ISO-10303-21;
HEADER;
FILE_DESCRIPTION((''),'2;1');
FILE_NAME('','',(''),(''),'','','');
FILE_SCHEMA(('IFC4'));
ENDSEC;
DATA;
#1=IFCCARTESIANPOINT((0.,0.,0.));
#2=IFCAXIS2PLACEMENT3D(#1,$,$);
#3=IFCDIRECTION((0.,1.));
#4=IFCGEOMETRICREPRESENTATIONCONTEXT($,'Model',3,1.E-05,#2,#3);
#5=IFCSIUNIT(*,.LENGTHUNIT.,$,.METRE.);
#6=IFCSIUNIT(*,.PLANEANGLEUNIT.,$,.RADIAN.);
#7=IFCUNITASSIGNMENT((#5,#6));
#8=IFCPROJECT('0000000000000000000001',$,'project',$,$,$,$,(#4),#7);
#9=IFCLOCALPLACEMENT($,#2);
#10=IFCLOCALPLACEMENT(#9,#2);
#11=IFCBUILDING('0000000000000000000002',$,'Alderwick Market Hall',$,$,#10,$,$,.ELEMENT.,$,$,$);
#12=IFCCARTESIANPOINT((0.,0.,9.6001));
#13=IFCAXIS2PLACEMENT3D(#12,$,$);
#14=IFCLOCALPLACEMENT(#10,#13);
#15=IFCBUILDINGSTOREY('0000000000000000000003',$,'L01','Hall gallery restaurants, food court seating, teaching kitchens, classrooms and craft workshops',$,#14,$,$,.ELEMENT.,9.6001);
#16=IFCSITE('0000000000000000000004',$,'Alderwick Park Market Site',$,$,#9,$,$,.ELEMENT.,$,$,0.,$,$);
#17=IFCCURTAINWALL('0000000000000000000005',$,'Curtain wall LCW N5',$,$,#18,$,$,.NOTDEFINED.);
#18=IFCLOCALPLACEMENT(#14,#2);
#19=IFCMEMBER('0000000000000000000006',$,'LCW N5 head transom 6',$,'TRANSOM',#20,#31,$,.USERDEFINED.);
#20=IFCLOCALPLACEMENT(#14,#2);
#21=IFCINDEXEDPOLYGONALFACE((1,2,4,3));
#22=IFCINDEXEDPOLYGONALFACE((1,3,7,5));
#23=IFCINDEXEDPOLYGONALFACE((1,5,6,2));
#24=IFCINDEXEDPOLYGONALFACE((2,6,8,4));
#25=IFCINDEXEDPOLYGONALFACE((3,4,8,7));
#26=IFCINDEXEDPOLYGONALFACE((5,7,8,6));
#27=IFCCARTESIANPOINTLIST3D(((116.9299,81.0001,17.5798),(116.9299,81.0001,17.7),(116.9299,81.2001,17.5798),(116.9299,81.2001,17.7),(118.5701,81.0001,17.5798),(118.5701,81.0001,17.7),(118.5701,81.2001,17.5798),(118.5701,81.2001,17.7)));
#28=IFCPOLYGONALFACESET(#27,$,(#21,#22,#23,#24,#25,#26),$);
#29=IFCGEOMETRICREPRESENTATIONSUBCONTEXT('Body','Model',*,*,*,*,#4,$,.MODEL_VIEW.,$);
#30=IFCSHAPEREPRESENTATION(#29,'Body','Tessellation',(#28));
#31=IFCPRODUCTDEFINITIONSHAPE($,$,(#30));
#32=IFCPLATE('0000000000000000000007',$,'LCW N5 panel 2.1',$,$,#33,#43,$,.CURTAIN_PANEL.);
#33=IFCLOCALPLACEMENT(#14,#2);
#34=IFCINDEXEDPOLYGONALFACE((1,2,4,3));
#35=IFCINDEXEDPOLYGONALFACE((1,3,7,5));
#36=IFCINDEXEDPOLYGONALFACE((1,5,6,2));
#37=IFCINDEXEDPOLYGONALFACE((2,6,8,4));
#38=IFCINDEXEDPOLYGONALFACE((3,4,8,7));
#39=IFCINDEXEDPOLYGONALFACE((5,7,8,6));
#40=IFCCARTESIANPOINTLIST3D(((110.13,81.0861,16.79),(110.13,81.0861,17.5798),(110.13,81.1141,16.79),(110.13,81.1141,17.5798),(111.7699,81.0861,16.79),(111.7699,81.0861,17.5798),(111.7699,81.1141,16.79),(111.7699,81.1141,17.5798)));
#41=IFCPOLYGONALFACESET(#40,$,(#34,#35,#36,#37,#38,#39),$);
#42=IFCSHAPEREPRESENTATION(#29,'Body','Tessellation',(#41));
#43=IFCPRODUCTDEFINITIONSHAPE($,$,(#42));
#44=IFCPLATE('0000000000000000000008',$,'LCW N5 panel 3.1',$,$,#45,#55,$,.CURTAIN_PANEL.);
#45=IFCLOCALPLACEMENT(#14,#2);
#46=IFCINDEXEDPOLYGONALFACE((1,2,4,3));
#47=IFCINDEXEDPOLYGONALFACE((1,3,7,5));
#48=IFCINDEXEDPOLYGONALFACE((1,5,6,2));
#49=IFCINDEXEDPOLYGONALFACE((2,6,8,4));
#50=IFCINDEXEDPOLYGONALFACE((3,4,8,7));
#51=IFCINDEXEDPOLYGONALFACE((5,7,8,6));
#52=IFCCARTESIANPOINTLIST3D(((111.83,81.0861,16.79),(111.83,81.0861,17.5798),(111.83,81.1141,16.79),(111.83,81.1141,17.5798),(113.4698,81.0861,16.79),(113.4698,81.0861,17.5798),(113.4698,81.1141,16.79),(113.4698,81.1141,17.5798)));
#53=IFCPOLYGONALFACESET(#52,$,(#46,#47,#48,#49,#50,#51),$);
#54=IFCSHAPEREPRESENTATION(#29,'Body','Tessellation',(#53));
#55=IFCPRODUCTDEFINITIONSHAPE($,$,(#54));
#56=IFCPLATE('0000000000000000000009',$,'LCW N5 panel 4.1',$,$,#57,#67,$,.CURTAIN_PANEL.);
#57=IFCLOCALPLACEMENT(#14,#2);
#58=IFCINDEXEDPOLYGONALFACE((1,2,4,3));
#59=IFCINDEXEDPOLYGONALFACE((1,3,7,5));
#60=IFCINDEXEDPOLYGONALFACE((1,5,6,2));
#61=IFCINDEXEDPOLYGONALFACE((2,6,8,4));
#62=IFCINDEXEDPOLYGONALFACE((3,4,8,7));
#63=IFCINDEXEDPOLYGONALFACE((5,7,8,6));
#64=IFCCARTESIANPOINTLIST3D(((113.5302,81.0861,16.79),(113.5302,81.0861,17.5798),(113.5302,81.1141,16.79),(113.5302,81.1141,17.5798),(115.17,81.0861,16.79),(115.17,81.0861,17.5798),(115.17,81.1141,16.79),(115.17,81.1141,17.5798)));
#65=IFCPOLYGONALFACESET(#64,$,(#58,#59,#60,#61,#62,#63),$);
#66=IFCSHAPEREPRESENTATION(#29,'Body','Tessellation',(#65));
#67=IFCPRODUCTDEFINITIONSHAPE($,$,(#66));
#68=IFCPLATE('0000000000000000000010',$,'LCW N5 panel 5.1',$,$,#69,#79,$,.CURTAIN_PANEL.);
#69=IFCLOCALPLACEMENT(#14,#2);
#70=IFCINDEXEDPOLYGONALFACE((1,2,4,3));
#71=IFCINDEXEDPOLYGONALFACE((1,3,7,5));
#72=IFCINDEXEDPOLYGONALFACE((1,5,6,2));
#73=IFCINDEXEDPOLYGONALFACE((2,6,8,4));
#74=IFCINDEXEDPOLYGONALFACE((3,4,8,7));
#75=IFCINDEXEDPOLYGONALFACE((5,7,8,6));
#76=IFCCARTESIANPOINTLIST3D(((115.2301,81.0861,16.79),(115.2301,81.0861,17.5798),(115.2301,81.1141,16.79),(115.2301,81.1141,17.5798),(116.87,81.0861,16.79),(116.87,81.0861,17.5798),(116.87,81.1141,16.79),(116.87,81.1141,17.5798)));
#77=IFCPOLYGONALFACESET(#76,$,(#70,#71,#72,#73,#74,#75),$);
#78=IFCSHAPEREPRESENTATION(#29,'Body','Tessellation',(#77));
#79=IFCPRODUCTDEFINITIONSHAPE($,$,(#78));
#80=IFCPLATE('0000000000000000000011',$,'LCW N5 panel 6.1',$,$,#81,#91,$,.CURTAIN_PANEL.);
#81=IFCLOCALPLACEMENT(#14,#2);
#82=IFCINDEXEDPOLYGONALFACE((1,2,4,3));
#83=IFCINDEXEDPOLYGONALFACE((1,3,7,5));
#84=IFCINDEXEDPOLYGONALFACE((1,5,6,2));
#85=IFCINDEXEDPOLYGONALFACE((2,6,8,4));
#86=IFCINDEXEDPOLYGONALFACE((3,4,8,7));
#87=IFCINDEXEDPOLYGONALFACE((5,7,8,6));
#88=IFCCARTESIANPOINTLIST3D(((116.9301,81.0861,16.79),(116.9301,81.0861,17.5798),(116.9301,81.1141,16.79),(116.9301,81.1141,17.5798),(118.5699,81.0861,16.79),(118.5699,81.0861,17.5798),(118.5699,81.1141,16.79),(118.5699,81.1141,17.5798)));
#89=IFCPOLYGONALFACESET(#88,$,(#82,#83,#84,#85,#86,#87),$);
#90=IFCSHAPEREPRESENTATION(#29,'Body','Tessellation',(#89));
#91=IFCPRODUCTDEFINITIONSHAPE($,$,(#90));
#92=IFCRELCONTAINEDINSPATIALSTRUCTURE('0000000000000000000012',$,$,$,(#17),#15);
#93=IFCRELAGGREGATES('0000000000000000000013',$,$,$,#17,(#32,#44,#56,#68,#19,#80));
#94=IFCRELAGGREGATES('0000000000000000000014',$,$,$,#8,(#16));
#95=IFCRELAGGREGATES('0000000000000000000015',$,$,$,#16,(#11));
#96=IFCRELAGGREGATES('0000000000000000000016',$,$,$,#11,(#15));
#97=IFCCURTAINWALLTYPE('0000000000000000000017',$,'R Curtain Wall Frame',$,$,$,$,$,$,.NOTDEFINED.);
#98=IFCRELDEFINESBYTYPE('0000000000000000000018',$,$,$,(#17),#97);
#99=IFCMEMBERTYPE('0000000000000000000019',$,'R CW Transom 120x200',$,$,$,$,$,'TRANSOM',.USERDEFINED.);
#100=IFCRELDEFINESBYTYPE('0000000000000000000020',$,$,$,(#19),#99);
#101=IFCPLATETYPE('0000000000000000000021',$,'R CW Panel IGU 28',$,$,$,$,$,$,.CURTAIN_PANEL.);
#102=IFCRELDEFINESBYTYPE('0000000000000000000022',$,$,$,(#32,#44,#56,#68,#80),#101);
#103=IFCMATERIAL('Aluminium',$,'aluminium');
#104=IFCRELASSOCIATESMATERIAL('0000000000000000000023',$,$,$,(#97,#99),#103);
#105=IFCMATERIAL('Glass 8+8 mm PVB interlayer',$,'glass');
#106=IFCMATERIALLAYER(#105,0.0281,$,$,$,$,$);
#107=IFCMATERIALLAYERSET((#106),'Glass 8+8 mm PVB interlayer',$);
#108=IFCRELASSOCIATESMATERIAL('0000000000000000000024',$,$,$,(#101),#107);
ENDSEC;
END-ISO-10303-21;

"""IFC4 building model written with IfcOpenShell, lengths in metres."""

from ifc_helpers import new_model, si_unit, direction, frame, origin, origin_2d, place, context, subcontext, project, spatial, rectangle, extrude, material, layer, layer_set, material_profile, profile_set, type_object, element, aggregate, save


model = new_model("IFC4")

# Units and contexts
model_context = context("Model", 3, precision=1e-05, world=origin(), true_north=direction((0.0, 1.0)))
body_context = subcontext(model_context, "Body", "Model", "MODEL_VIEW")
ifc_project = project(units=[si_unit("LENGTHUNIT", "METRE"), si_unit("PLANEANGLEUNIT", "RADIAN")], contexts=[model_context])

# Site, building, storey
site_placement = place(None, origin())
site = spatial("IfcSite", under=ifc_project, at=site_placement, Name="Alderwick Park Market Site", CompositionType="ELEMENT", RefElevation=0.0)
building_placement = place(site_placement, origin())
building = spatial("IfcBuilding", under=site, at=building_placement, Name="Alderwick Market Hall", CompositionType="ELEMENT")
storey_placement = place(building_placement, frame((0.0, 0.0, 9.6001)))
storey = spatial("IfcBuildingStorey", under=building, at=storey_placement, Name="L01", Description="Hall gallery restaurants, food court seating, teaching kitchens, classrooms and craft workshops", CompositionType="ELEMENT", Elevation=9.6001)

# Curtain wall, member, plates
ifc_material_1 = material(Name="Aluminium", Category="aluminium")
curtain_wall_type = type_object("IfcCurtainWallType", Name="R Curtain Wall Frame", PredefinedType="NOTDEFINED", material=ifc_material_1)
curtain_wall_placement = place(storey_placement, origin())
curtain_wall = element("IfcCurtainWall", 1, at=curtain_wall_placement, inside=storey, type_object=curtain_wall_type, Name="Curtain wall LCW N5", PredefinedType="NOTDEFINED")
ifc_material_profile_1 = material_profile(ifc_material_1, rectangle(XDim=0.2, YDim=0.1201, at=origin_2d()), Name="AL 120x200")
ifc_profile_set_1 = profile_set([ifc_material_profile_1], Name="Aluminium")
member_type_1 = type_object("IfcMemberType", Name="R CW Transom 120x200", ElementType="TRANSOM", PredefinedType="USERDEFINED", material=ifc_profile_set_1)
member_1_placement = place(storey_placement, frame((116.9299, 81.1001, 17.6399), z_axis=(1.0, 0.0, 0.0), x_axis=(0.0, 1.0, 0.0)))
member_1 = element("IfcMember", 2, at=member_1_placement, type_object=member_type_1, Name="LCW N5 head transom 6", ObjectType="TRANSOM", PredefinedType="USERDEFINED", context=body_context, shape_type="SweptSolid", body=[
    extrude(rectangle(XDim=0.2, YDim=0.1201, at=origin_2d()), origin(), (0.0, 0.0, 1.0), 1.6401),
])
ifc_material_2 = material(Name="Glass 8+8 mm PVB interlayer", Category="glass")
ifc_layer = layer(ifc_material_2, 0.0281)
ifc_layer_set = layer_set([ifc_layer], Name="Glass 8+8 mm PVB interlayer")
plate_type = type_object("IfcPlateType", Name="R CW Panel IGU 28", PredefinedType="CURTAIN_PANEL", material=ifc_layer_set)
plate_1_placement = place(storey_placement, frame((110.95, 81.1001, 16.79), z_axis=(0.0, 0.0, 1.0), x_axis=(1.0, 0.0, 0.0)))
plate_1 = element("IfcPlate", 3, at=plate_1_placement, type_object=plate_type, Name="LCW N5 panel 2.1", PredefinedType="CURTAIN_PANEL", context=body_context, shape_type="SweptSolid", body=[
    extrude(rectangle(XDim=1.6399, YDim=0.0281, at=origin_2d()), origin(), (0.0, 0.0, 1.0), 0.7898),
])
plate_2_placement = place(storey_placement, frame((112.6499, 81.1001, 16.79), z_axis=(0.0, 0.0, 1.0), x_axis=(1.0, 0.0, 0.0)))
plate_2 = element("IfcPlate", 4, at=plate_2_placement, type_object=plate_type, Name="LCW N5 panel 3.1", PredefinedType="CURTAIN_PANEL", context=body_context, shape_type="SweptSolid", body=[
    extrude(rectangle(XDim=1.6399, YDim=0.0281, at=origin_2d()), origin(), (0.0, 0.0, 1.0), 0.7898),
])
plate_3_placement = place(storey_placement, frame((114.3501, 81.1001, 16.79), z_axis=(0.0, 0.0, 1.0), x_axis=(1.0, 0.0, 0.0)))
plate_3 = element("IfcPlate", 5, at=plate_3_placement, type_object=plate_type, Name="LCW N5 panel 4.1", PredefinedType="CURTAIN_PANEL", context=body_context, shape_type="SweptSolid", body=[
    extrude(rectangle(XDim=1.6399, YDim=0.0281, at=origin_2d()), origin(), (0.0, 0.0, 1.0), 0.7898),
])
plate_4_placement = place(storey_placement, frame((116.05, 81.1001, 16.79), z_axis=(0.0, 0.0, 1.0), x_axis=(1.0, 0.0, 0.0)))
plate_4 = element("IfcPlate", 6, at=plate_4_placement, type_object=plate_type, Name="LCW N5 panel 5.1", PredefinedType="CURTAIN_PANEL", context=body_context, shape_type="SweptSolid", body=[
    extrude(rectangle(XDim=1.6399, YDim=0.0281, at=origin_2d()), origin(), (0.0, 0.0, 1.0), 0.7898),
])
plate_5_placement = place(storey_placement, frame((117.75, 81.1001, 16.79), z_axis=(0.0, 0.0, 1.0), x_axis=(1.0, 0.0, 0.0)))
plate_5 = element("IfcPlate", 7, at=plate_5_placement, type_object=plate_type, Name="LCW N5 panel 6.1", PredefinedType="CURTAIN_PANEL", context=body_context, shape_type="SweptSolid", body=[
    extrude(rectangle(XDim=1.6399, YDim=0.0281, at=origin_2d()), origin(), (0.0, 0.0, 1.0), 0.7898),
])
aggregate(curtain_wall, [plate_1, plate_2, plate_3, plate_4, member_1, plate_5])

save(model, "model.ifc")
